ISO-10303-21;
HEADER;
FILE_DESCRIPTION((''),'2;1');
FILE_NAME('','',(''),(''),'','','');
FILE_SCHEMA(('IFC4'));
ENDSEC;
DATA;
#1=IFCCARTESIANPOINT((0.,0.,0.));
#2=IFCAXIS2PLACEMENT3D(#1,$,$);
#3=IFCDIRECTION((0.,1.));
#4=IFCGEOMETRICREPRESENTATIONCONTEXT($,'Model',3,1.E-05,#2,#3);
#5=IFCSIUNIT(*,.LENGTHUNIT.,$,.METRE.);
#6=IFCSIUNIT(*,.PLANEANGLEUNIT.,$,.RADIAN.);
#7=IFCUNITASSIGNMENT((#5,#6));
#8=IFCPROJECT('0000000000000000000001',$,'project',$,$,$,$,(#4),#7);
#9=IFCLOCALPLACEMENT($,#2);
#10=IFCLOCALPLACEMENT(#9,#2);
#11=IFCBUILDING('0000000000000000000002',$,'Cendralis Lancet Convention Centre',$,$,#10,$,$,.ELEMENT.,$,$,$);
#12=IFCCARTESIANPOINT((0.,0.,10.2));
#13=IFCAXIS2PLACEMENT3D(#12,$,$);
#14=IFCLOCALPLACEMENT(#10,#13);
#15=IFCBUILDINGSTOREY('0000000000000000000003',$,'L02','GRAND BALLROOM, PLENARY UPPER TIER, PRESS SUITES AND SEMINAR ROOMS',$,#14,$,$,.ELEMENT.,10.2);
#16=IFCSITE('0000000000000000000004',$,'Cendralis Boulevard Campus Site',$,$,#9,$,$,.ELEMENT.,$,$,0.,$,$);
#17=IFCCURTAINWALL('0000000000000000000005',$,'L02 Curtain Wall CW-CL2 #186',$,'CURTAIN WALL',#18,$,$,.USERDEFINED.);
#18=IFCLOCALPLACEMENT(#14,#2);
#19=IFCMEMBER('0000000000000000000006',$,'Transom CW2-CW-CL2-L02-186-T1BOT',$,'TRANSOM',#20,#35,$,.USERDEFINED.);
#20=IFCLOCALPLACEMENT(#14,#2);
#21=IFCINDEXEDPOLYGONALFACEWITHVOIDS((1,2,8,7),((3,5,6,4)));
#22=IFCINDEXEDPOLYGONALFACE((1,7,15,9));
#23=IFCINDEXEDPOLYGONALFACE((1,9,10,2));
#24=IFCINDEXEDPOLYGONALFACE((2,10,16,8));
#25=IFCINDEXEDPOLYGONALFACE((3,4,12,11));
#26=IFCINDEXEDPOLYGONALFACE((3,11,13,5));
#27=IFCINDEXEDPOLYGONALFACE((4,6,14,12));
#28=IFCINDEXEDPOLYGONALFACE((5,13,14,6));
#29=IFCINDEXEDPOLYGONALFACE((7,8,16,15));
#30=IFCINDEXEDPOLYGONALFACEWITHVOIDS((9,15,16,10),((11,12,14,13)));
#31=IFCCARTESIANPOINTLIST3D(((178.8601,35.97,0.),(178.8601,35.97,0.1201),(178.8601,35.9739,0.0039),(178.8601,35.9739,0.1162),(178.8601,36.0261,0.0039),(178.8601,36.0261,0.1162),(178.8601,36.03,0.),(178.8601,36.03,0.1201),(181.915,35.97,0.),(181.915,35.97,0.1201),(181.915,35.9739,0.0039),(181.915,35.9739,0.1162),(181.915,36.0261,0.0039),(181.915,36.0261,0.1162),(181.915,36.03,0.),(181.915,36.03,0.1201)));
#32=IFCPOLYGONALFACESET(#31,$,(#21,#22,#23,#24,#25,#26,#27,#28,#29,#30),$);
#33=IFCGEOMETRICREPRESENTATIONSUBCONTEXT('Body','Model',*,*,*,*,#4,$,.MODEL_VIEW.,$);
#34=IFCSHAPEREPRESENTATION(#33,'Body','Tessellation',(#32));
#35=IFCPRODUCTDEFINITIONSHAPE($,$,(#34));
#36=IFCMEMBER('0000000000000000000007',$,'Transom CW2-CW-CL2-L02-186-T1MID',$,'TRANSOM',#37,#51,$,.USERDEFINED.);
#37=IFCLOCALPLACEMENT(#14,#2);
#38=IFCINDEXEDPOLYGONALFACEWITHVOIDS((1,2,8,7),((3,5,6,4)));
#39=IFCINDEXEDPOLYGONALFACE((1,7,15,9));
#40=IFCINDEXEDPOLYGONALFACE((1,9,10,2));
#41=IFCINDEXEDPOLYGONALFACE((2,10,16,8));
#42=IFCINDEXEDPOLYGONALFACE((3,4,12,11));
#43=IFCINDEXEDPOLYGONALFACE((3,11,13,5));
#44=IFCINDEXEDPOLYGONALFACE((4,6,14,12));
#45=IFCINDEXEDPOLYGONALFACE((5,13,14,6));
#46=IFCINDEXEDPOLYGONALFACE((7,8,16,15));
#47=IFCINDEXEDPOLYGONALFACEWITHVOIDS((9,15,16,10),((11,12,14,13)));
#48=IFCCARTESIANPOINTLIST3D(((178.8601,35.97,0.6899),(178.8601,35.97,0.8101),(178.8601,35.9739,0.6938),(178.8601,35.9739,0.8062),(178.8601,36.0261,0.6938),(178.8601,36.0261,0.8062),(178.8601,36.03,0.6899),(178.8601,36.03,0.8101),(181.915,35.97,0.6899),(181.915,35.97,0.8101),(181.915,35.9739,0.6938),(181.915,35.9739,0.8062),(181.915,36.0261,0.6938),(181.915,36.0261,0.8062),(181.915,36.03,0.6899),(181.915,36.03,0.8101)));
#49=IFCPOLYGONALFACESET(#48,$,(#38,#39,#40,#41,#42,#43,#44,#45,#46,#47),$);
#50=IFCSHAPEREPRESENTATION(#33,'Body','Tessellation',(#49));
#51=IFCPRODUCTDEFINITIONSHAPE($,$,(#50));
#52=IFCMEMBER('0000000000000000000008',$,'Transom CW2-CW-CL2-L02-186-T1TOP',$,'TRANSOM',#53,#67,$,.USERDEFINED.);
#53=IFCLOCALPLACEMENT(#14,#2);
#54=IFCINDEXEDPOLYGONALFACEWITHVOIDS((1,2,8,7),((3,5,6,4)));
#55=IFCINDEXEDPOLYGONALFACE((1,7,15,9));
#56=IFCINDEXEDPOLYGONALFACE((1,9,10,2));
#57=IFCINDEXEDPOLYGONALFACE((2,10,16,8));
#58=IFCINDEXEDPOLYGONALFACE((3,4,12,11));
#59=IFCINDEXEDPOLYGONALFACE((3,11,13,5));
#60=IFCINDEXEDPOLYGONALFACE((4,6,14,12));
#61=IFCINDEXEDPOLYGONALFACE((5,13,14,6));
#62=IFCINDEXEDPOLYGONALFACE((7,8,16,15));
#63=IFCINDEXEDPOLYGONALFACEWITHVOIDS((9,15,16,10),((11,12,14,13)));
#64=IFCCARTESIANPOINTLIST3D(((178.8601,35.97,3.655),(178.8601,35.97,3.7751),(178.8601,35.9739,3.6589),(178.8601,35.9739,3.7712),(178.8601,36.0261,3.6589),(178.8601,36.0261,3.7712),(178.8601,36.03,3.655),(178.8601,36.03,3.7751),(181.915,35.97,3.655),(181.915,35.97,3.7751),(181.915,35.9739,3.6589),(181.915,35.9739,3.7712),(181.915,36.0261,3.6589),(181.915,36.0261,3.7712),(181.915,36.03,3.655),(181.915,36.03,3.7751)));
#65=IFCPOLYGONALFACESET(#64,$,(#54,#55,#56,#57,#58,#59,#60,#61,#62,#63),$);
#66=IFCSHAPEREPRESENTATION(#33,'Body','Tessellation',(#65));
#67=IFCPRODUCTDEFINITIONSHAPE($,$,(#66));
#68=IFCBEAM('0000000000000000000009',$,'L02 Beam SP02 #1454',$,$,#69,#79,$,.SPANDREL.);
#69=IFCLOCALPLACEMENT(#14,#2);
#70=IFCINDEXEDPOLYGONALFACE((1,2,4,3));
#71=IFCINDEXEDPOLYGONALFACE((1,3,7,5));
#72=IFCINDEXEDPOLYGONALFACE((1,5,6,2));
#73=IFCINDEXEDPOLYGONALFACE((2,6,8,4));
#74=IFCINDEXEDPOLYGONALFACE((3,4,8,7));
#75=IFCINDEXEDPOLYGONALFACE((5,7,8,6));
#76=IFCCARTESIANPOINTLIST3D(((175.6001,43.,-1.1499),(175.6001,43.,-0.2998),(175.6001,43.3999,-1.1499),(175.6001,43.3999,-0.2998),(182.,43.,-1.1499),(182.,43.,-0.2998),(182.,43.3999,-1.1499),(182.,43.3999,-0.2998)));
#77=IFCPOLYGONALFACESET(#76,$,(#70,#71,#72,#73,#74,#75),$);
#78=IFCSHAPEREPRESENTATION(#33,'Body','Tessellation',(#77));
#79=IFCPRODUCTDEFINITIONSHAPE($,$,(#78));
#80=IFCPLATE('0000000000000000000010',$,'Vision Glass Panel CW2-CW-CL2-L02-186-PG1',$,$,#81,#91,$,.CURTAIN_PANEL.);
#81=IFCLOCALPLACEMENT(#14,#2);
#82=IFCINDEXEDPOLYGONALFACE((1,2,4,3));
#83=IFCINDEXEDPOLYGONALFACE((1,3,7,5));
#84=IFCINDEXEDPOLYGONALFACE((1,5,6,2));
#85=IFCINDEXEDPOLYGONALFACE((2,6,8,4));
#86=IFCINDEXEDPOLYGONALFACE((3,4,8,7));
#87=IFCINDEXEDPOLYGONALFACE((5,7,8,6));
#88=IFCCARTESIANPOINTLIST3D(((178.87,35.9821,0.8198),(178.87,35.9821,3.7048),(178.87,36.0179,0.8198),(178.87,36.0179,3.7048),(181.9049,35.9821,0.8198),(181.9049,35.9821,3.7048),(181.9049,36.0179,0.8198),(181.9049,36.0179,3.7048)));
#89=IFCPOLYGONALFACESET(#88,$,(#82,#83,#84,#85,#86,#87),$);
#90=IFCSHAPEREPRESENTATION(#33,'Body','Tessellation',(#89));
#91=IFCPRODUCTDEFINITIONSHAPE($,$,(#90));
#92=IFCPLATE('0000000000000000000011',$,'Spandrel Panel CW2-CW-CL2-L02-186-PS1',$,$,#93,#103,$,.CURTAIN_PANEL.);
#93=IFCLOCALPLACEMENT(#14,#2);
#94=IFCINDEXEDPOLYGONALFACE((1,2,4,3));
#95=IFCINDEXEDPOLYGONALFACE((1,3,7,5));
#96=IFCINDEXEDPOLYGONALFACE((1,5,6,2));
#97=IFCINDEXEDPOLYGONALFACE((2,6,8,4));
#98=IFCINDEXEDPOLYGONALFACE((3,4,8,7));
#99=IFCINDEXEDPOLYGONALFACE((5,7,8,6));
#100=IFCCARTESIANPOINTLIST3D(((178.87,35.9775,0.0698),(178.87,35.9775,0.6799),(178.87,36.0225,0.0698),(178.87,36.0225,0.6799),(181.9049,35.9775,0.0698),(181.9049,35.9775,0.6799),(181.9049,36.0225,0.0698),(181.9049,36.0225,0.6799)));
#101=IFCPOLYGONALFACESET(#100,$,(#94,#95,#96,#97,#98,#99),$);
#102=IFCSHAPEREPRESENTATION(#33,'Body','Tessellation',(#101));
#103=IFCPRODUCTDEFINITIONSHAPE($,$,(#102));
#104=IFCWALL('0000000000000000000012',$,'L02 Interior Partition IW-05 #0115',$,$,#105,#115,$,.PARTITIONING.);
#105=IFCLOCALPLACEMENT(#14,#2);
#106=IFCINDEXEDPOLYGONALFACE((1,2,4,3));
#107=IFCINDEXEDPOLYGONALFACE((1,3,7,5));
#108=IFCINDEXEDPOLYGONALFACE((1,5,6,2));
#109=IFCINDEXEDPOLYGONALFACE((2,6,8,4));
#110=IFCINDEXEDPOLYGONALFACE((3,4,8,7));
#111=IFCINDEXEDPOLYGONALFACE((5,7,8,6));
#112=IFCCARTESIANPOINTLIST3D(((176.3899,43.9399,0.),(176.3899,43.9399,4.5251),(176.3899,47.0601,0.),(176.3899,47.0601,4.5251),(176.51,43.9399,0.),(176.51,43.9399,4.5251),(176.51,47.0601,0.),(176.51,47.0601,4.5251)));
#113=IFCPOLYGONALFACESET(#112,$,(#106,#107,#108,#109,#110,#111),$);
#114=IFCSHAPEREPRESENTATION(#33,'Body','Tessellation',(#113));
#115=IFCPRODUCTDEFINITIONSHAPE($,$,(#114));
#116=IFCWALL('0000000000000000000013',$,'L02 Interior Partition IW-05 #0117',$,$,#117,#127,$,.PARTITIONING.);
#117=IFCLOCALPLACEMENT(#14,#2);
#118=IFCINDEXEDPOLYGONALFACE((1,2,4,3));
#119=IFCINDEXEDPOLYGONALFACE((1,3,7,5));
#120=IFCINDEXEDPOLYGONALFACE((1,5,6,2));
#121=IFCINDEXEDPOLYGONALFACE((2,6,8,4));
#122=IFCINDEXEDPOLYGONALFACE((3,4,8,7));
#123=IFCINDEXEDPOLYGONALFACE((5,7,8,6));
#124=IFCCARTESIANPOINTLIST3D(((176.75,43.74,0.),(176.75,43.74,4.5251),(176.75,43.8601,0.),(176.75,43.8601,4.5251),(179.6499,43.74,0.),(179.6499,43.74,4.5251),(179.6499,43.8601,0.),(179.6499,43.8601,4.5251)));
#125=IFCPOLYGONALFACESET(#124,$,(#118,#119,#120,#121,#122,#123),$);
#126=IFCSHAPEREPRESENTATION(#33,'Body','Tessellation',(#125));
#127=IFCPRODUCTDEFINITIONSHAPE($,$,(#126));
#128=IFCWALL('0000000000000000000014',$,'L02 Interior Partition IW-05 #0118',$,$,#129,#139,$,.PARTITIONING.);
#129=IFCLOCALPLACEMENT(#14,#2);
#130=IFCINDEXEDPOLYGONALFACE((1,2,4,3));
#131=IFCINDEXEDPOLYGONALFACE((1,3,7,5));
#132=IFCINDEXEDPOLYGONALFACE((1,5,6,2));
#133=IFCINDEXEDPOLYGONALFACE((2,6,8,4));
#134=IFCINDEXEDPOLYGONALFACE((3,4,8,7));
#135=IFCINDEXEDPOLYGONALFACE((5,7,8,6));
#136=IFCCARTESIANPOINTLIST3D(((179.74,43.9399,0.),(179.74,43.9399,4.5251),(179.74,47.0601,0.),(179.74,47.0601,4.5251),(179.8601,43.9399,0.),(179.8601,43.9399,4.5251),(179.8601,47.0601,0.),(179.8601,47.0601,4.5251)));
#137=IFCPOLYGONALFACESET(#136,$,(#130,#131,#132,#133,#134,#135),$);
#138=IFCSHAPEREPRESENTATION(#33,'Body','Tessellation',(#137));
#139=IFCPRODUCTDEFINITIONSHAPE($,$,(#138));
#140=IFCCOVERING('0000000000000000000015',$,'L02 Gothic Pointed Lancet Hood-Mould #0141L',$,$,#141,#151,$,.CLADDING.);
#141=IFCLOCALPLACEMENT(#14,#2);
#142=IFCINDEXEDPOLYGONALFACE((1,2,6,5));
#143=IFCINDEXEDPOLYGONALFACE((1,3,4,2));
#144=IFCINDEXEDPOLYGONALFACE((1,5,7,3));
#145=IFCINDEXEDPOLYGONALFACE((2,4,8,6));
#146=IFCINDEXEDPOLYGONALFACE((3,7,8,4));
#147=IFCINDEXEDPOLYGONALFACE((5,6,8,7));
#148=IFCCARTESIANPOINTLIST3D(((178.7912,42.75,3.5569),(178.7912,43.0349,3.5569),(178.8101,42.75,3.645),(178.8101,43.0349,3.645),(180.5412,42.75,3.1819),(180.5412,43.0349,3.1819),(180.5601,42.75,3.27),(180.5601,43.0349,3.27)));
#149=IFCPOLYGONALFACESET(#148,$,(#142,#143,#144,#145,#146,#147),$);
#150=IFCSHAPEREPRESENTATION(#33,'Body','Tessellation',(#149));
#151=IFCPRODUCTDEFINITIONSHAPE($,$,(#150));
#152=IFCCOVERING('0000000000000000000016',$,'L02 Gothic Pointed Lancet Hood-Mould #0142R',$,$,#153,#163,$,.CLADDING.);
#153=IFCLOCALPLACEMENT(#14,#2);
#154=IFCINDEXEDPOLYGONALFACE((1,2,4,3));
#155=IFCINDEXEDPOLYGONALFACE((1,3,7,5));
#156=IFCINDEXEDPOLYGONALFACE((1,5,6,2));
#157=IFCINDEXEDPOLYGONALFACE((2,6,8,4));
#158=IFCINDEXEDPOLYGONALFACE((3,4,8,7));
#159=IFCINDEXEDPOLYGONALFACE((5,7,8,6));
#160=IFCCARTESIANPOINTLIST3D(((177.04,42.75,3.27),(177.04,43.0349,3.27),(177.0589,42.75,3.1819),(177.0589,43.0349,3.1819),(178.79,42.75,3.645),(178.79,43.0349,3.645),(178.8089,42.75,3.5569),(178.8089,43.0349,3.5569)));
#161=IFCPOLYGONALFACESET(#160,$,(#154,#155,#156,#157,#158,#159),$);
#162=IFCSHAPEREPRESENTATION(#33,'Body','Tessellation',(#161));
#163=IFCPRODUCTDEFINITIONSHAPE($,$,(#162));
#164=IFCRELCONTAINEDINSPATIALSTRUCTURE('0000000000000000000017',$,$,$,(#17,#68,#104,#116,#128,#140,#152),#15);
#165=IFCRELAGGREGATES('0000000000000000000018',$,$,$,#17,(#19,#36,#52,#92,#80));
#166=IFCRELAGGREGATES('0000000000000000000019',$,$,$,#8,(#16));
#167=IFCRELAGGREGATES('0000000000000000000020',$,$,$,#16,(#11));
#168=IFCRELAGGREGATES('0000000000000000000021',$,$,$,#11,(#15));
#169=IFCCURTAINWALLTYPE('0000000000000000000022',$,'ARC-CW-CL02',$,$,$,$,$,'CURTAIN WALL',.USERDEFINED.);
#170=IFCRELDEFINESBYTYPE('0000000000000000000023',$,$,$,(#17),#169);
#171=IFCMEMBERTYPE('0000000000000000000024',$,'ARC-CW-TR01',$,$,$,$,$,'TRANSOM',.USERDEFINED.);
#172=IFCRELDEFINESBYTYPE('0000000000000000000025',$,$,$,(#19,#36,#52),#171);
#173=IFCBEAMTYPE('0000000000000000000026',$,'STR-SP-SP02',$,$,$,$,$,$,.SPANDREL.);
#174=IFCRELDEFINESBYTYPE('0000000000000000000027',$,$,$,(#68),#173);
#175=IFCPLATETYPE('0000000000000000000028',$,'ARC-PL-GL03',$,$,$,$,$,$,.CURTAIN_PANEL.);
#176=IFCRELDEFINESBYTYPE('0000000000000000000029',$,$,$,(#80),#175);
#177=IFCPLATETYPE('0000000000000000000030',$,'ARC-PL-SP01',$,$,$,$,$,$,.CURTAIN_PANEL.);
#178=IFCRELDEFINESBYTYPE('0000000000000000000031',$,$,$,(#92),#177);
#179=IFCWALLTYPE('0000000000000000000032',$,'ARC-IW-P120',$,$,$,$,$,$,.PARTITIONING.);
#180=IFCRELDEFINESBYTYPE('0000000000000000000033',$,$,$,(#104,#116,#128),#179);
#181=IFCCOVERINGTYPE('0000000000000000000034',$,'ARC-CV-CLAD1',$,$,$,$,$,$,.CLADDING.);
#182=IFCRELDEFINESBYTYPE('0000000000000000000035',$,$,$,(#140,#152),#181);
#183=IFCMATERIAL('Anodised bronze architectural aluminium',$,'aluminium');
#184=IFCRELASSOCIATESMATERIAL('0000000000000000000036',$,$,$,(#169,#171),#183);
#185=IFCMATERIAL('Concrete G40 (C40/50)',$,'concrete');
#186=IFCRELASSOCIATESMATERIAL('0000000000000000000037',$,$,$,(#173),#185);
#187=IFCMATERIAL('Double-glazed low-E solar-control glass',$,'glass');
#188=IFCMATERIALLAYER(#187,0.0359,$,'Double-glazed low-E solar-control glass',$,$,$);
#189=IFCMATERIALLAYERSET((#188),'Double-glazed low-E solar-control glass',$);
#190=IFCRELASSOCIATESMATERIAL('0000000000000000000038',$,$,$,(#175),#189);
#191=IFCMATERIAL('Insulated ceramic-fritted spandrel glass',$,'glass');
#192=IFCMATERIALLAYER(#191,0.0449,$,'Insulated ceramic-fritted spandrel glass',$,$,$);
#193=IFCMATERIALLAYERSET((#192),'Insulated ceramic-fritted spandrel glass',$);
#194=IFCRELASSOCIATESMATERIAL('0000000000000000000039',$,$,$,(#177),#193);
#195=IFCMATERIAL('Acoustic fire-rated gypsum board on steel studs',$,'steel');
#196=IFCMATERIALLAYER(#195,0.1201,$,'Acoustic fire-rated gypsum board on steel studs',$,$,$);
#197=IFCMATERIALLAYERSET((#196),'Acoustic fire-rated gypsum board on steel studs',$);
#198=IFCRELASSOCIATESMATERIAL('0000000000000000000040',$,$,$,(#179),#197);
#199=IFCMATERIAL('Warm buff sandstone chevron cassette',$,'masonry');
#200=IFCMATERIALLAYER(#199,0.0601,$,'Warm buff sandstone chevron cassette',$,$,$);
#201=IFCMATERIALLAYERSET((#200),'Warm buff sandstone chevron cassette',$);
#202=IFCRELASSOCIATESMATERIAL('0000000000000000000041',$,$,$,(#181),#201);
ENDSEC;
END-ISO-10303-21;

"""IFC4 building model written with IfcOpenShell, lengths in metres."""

from ifc_helpers import new_model, si_unit, direction, frame, frame_2d, origin, origin_2d, place, context, subcontext, project, spatial, polyline, rectangle, hollow_rectangle, outline, extrude, material, layer, layer_set, material_profile, profile_set, type_object, element, aggregate, save


model = new_model("IFC4")

# Units and contexts
model_context = context("Model", 3, precision=1e-05, world=origin(), true_north=direction((0.0, 1.0)))
body_context = subcontext(model_context, "Body", "Model", "MODEL_VIEW")
ifc_project = project(units=[si_unit("LENGTHUNIT", "METRE"), si_unit("PLANEANGLEUNIT", "RADIAN")], contexts=[model_context])

# Site, building, storey
site_placement = place(None, origin())
site = spatial("IfcSite", under=ifc_project, at=site_placement, Name="Cendralis Boulevard Campus Site", CompositionType="ELEMENT", RefElevation=0.0)
building_placement = place(site_placement, origin())
building = spatial("IfcBuilding", under=site, at=building_placement, Name="Cendralis Lancet Convention Centre", CompositionType="ELEMENT")
storey_placement = place(building_placement, frame((0.0, 0.0, 10.2)))
storey = spatial("IfcBuildingStorey", under=building, at=storey_placement, Name="L02", Description="GRAND BALLROOM, PLENARY UPPER TIER, PRESS SUITES AND SEMINAR ROOMS", CompositionType="ELEMENT", Elevation=10.2)

# Curtain wall, members
ifc_material_1 = material(Name="Anodised bronze architectural aluminium", Category="aluminium")
curtain_wall_type = type_object("IfcCurtainWallType", Name="ARC-CW-CL02", ElementType="CURTAIN WALL", PredefinedType="USERDEFINED", material=ifc_material_1)
curtain_wall_placement = place(storey_placement, origin())
curtain_wall = element("IfcCurtainWall", 1, at=curtain_wall_placement, inside=storey, type_object=curtain_wall_type, Name="L02 Curtain Wall CW-CL2 #186", ObjectType="CURTAIN WALL", PredefinedType="USERDEFINED")
ifc_material_profile_1 = material_profile(ifc_material_1, hollow_rectangle(XDim=0.0601, YDim=0.1201, WallThickness=0.0039, at=origin_2d()), Name="AL-TRAN 60x120x4.0")
ifc_profile_set_1 = profile_set([ifc_material_profile_1], Name="Anodised bronze architectural aluminium")
member_type = type_object("IfcMemberType", Name="ARC-CW-TR01", ElementType="TRANSOM", PredefinedType="USERDEFINED", material=ifc_profile_set_1)
member_1_placement = place(storey_placement, frame((178.8601, 36.0, 0.0601), z_axis=(1.0, 0.0, 0.0), x_axis=(0.0, 1.0, 0.0)))
member_1 = element("IfcMember", 2, at=member_1_placement, type_object=member_type, Name="Transom CW2-CW-CL2-L02-186-T1BOT", ObjectType="TRANSOM", PredefinedType="USERDEFINED", context=body_context, shape_type="SweptSolid", body=[
    extrude(hollow_rectangle(XDim=0.0601, YDim=0.1201, WallThickness=0.0039, at=origin_2d()), origin(), (0.0, 0.0, 1.0), 3.0549),
])
member_2_placement = place(storey_placement, frame((178.8601, 36.0, 0.75), z_axis=(1.0, 0.0, 0.0), x_axis=(0.0, 1.0, 0.0)))
member_2 = element("IfcMember", 3, at=member_2_placement, type_object=member_type, Name="Transom CW2-CW-CL2-L02-186-T1MID", ObjectType="TRANSOM", PredefinedType="USERDEFINED", context=body_context, shape_type="SweptSolid", body=[
    extrude(hollow_rectangle(XDim=0.0601, YDim=0.1201, WallThickness=0.0039, at=origin_2d()), origin(), (0.0, 0.0, 1.0), 3.0549),
])
member_3_placement = place(storey_placement, frame((178.8601, 36.0, 3.7151), z_axis=(1.0, 0.0, 0.0), x_axis=(0.0, 1.0, 0.0)))
member_3 = element("IfcMember", 4, at=member_3_placement, type_object=member_type, Name="Transom CW2-CW-CL2-L02-186-T1TOP", ObjectType="TRANSOM", PredefinedType="USERDEFINED", context=body_context, shape_type="SweptSolid", body=[
    extrude(hollow_rectangle(XDim=0.0601, YDim=0.1201, WallThickness=0.0039, at=origin_2d()), origin(), (0.0, 0.0, 1.0), 3.0549),
])

# Beam
ifc_material_2 = material(Name="Concrete G40 (C40/50)", Category="concrete")
ifc_material_profile_2 = material_profile(ifc_material_2, rectangle(XDim=0.3999, YDim=0.8501, at=origin_2d()), Name="RCB 400x850")
ifc_profile_set_2 = profile_set([ifc_material_profile_2], Name="Concrete G40 (C40/50)")
beam_type = type_object("IfcBeamType", Name="STR-SP-SP02", PredefinedType="SPANDREL", material=ifc_profile_set_2)
beam_placement = place(storey_placement, frame((175.6001, 43.2, -0.7249), z_axis=(1.0, 0.0, 0.0), x_axis=(0.0, 1.0, 0.0)))
element("IfcBeam", 5, at=beam_placement, inside=storey, type_object=beam_type, Name="L02 Beam SP02 #1454", PredefinedType="SPANDREL", context=body_context, shape_type="SweptSolid", body=[
    extrude(rectangle(XDim=0.3999, YDim=0.8501, at=origin_2d()), origin(), (0.0, 0.0, 1.0), 6.3999),
])

# Plates
ifc_material_3 = material(Name="Double-glazed low-E solar-control glass", Category="glass")
ifc_layer_1 = layer(ifc_material_3, 0.0359, Name="Double-glazed low-E solar-control glass")
ifc_layer_set_1 = layer_set([ifc_layer_1], Name="Double-glazed low-E solar-control glass")
plate_type_1 = type_object("IfcPlateType", Name="ARC-PL-GL03", PredefinedType="CURTAIN_PANEL", material=ifc_layer_set_1)
plate_1_placement = place(storey_placement, frame((180.3875, 36.0, 0.8198), z_axis=(0.0, 0.0, 1.0), x_axis=(1.0, 0.0, 0.0)))
plate_1 = element("IfcPlate", 6, at=plate_1_placement, type_object=plate_type_1, Name="Vision Glass Panel CW2-CW-CL2-L02-186-PG1", PredefinedType="CURTAIN_PANEL", context=body_context, shape_type="SweptSolid", body=[
    extrude(rectangle(XDim=3.0349, YDim=0.0359, at=origin_2d()), origin(), (0.0, 0.0, 1.0), 2.885),
])
ifc_material_4 = material(Name="Insulated ceramic-fritted spandrel glass", Category="glass")
ifc_layer_2 = layer(ifc_material_4, 0.0449, Name="Insulated ceramic-fritted spandrel glass")
ifc_layer_set_2 = layer_set([ifc_layer_2], Name="Insulated ceramic-fritted spandrel glass")
plate_type_2 = type_object("IfcPlateType", Name="ARC-PL-SP01", PredefinedType="CURTAIN_PANEL", material=ifc_layer_set_2)
plate_2_placement = place(storey_placement, frame((180.3875, 36.0, 0.0698), z_axis=(0.0, 0.0, 1.0), x_axis=(1.0, 0.0, 0.0)))
plate_2 = element("IfcPlate", 7, at=plate_2_placement, type_object=plate_type_2, Name="Spandrel Panel CW2-CW-CL2-L02-186-PS1", PredefinedType="CURTAIN_PANEL", context=body_context, shape_type="SweptSolid", body=[
    extrude(rectangle(XDim=3.0349, YDim=0.0449, at=origin_2d()), origin(), (0.0, 0.0, 1.0), 0.6101),
])
aggregate(curtain_wall, [member_1, member_2, member_3, plate_2, plate_1])

# Wall
ifc_material_5 = material(Name="Acoustic fire-rated gypsum board on steel studs", Category="steel")
ifc_layer_3 = layer(ifc_material_5, 0.1201, Name="Acoustic fire-rated gypsum board on steel studs")
ifc_layer_set_3 = layer_set([ifc_layer_3], Name="Acoustic fire-rated gypsum board on steel studs")
wall_type = type_object("IfcWallType", Name="ARC-IW-P120", PredefinedType="PARTITIONING", material=ifc_layer_set_3)
wall_1_placement = place(storey_placement, frame((176.45, 43.9399, 0.0), z_axis=(0.0, 0.0, 1.0), x_axis=(0.0, 1.0, 0.0)))
element("IfcWall", 8, at=wall_1_placement, inside=storey, type_object=wall_type, Name="L02 Interior Partition IW-05 #0115", PredefinedType="PARTITIONING", context=body_context, shape_type="SweptSolid", body=[
    extrude(rectangle(XDim=3.1201, YDim=0.1201, at=frame_2d((1.5601, 0.0))), origin(), (0.0, 0.0, 1.0), 4.5251),
])

# Walls
wall_2_placement = place(storey_placement, frame((176.75, 43.8, 0.0), z_axis=(0.0, 0.0, 1.0), x_axis=(1.0, 0.0, 0.0)))
element("IfcWall", 9, at=wall_2_placement, inside=storey, type_object=wall_type, Name="L02 Interior Partition IW-05 #0117", PredefinedType="PARTITIONING", context=body_context, shape_type="SweptSolid", body=[
    extrude(rectangle(XDim=2.8999, YDim=0.1201, at=frame_2d((1.45, 0.0))), origin(), (0.0, 0.0, 1.0), 4.5251),
])
wall_3_placement = place(storey_placement, frame((179.8, 43.9399, 0.0), z_axis=(0.0, 0.0, 1.0), x_axis=(0.0, 1.0, 0.0)))
element("IfcWall", 10, at=wall_3_placement, inside=storey, type_object=wall_type, Name="L02 Interior Partition IW-05 #0118", PredefinedType="PARTITIONING", context=body_context, shape_type="SweptSolid", body=[
    extrude(rectangle(XDim=3.1201, YDim=0.1201, at=frame_2d((1.5601, 0.0))), origin(), (0.0, 0.0, 1.0), 4.5251),
])

# Coverings
ifc_material_6 = material(Name="Warm buff sandstone chevron cassette", Category="masonry")
ifc_layer_4 = layer(ifc_material_6, 0.0601, Name="Warm buff sandstone chevron cassette")
ifc_layer_set_4 = layer_set([ifc_layer_4], Name="Warm buff sandstone chevron cassette")
covering_type = type_object("IfcCoveringType", Name="ARC-CV-CLAD1", PredefinedType="CLADDING", material=ifc_layer_set_4)
for number, where, z_axis, x_axis, name in (
    (11, (180.5601, 42.75, 3.27), (0.209529, 0.0, 0.977802), (0.0, 1.0, 0.0), "L02 Gothic Pointed Lancet Hood-Mould #0141L"),
    (12, (178.79, 42.75, 3.645), (-0.209529, 0.0, 0.977802), (0.0, 1.0, 0.0), "L02 Gothic Pointed Lancet Hood-Mould #0142R"),
):
    element("IfcCovering", number, at=place(storey_placement, frame(where, z_axis=z_axis, x_axis=x_axis)), inside=storey, type_object=covering_type, Name=name, PredefinedType="CLADDING", context=body_context, shape_type="SweptSolid", body=[
        extrude(outline(polyline([(0.0, 0.0), (0.2849, 0.0), (0.2849, 1.7897), (0.0, 1.7897), (0.0, 0.0)])), origin(), (0.0, 0.0, -1.0), 0.0901),
    ])

save(model, "model.ifc")
